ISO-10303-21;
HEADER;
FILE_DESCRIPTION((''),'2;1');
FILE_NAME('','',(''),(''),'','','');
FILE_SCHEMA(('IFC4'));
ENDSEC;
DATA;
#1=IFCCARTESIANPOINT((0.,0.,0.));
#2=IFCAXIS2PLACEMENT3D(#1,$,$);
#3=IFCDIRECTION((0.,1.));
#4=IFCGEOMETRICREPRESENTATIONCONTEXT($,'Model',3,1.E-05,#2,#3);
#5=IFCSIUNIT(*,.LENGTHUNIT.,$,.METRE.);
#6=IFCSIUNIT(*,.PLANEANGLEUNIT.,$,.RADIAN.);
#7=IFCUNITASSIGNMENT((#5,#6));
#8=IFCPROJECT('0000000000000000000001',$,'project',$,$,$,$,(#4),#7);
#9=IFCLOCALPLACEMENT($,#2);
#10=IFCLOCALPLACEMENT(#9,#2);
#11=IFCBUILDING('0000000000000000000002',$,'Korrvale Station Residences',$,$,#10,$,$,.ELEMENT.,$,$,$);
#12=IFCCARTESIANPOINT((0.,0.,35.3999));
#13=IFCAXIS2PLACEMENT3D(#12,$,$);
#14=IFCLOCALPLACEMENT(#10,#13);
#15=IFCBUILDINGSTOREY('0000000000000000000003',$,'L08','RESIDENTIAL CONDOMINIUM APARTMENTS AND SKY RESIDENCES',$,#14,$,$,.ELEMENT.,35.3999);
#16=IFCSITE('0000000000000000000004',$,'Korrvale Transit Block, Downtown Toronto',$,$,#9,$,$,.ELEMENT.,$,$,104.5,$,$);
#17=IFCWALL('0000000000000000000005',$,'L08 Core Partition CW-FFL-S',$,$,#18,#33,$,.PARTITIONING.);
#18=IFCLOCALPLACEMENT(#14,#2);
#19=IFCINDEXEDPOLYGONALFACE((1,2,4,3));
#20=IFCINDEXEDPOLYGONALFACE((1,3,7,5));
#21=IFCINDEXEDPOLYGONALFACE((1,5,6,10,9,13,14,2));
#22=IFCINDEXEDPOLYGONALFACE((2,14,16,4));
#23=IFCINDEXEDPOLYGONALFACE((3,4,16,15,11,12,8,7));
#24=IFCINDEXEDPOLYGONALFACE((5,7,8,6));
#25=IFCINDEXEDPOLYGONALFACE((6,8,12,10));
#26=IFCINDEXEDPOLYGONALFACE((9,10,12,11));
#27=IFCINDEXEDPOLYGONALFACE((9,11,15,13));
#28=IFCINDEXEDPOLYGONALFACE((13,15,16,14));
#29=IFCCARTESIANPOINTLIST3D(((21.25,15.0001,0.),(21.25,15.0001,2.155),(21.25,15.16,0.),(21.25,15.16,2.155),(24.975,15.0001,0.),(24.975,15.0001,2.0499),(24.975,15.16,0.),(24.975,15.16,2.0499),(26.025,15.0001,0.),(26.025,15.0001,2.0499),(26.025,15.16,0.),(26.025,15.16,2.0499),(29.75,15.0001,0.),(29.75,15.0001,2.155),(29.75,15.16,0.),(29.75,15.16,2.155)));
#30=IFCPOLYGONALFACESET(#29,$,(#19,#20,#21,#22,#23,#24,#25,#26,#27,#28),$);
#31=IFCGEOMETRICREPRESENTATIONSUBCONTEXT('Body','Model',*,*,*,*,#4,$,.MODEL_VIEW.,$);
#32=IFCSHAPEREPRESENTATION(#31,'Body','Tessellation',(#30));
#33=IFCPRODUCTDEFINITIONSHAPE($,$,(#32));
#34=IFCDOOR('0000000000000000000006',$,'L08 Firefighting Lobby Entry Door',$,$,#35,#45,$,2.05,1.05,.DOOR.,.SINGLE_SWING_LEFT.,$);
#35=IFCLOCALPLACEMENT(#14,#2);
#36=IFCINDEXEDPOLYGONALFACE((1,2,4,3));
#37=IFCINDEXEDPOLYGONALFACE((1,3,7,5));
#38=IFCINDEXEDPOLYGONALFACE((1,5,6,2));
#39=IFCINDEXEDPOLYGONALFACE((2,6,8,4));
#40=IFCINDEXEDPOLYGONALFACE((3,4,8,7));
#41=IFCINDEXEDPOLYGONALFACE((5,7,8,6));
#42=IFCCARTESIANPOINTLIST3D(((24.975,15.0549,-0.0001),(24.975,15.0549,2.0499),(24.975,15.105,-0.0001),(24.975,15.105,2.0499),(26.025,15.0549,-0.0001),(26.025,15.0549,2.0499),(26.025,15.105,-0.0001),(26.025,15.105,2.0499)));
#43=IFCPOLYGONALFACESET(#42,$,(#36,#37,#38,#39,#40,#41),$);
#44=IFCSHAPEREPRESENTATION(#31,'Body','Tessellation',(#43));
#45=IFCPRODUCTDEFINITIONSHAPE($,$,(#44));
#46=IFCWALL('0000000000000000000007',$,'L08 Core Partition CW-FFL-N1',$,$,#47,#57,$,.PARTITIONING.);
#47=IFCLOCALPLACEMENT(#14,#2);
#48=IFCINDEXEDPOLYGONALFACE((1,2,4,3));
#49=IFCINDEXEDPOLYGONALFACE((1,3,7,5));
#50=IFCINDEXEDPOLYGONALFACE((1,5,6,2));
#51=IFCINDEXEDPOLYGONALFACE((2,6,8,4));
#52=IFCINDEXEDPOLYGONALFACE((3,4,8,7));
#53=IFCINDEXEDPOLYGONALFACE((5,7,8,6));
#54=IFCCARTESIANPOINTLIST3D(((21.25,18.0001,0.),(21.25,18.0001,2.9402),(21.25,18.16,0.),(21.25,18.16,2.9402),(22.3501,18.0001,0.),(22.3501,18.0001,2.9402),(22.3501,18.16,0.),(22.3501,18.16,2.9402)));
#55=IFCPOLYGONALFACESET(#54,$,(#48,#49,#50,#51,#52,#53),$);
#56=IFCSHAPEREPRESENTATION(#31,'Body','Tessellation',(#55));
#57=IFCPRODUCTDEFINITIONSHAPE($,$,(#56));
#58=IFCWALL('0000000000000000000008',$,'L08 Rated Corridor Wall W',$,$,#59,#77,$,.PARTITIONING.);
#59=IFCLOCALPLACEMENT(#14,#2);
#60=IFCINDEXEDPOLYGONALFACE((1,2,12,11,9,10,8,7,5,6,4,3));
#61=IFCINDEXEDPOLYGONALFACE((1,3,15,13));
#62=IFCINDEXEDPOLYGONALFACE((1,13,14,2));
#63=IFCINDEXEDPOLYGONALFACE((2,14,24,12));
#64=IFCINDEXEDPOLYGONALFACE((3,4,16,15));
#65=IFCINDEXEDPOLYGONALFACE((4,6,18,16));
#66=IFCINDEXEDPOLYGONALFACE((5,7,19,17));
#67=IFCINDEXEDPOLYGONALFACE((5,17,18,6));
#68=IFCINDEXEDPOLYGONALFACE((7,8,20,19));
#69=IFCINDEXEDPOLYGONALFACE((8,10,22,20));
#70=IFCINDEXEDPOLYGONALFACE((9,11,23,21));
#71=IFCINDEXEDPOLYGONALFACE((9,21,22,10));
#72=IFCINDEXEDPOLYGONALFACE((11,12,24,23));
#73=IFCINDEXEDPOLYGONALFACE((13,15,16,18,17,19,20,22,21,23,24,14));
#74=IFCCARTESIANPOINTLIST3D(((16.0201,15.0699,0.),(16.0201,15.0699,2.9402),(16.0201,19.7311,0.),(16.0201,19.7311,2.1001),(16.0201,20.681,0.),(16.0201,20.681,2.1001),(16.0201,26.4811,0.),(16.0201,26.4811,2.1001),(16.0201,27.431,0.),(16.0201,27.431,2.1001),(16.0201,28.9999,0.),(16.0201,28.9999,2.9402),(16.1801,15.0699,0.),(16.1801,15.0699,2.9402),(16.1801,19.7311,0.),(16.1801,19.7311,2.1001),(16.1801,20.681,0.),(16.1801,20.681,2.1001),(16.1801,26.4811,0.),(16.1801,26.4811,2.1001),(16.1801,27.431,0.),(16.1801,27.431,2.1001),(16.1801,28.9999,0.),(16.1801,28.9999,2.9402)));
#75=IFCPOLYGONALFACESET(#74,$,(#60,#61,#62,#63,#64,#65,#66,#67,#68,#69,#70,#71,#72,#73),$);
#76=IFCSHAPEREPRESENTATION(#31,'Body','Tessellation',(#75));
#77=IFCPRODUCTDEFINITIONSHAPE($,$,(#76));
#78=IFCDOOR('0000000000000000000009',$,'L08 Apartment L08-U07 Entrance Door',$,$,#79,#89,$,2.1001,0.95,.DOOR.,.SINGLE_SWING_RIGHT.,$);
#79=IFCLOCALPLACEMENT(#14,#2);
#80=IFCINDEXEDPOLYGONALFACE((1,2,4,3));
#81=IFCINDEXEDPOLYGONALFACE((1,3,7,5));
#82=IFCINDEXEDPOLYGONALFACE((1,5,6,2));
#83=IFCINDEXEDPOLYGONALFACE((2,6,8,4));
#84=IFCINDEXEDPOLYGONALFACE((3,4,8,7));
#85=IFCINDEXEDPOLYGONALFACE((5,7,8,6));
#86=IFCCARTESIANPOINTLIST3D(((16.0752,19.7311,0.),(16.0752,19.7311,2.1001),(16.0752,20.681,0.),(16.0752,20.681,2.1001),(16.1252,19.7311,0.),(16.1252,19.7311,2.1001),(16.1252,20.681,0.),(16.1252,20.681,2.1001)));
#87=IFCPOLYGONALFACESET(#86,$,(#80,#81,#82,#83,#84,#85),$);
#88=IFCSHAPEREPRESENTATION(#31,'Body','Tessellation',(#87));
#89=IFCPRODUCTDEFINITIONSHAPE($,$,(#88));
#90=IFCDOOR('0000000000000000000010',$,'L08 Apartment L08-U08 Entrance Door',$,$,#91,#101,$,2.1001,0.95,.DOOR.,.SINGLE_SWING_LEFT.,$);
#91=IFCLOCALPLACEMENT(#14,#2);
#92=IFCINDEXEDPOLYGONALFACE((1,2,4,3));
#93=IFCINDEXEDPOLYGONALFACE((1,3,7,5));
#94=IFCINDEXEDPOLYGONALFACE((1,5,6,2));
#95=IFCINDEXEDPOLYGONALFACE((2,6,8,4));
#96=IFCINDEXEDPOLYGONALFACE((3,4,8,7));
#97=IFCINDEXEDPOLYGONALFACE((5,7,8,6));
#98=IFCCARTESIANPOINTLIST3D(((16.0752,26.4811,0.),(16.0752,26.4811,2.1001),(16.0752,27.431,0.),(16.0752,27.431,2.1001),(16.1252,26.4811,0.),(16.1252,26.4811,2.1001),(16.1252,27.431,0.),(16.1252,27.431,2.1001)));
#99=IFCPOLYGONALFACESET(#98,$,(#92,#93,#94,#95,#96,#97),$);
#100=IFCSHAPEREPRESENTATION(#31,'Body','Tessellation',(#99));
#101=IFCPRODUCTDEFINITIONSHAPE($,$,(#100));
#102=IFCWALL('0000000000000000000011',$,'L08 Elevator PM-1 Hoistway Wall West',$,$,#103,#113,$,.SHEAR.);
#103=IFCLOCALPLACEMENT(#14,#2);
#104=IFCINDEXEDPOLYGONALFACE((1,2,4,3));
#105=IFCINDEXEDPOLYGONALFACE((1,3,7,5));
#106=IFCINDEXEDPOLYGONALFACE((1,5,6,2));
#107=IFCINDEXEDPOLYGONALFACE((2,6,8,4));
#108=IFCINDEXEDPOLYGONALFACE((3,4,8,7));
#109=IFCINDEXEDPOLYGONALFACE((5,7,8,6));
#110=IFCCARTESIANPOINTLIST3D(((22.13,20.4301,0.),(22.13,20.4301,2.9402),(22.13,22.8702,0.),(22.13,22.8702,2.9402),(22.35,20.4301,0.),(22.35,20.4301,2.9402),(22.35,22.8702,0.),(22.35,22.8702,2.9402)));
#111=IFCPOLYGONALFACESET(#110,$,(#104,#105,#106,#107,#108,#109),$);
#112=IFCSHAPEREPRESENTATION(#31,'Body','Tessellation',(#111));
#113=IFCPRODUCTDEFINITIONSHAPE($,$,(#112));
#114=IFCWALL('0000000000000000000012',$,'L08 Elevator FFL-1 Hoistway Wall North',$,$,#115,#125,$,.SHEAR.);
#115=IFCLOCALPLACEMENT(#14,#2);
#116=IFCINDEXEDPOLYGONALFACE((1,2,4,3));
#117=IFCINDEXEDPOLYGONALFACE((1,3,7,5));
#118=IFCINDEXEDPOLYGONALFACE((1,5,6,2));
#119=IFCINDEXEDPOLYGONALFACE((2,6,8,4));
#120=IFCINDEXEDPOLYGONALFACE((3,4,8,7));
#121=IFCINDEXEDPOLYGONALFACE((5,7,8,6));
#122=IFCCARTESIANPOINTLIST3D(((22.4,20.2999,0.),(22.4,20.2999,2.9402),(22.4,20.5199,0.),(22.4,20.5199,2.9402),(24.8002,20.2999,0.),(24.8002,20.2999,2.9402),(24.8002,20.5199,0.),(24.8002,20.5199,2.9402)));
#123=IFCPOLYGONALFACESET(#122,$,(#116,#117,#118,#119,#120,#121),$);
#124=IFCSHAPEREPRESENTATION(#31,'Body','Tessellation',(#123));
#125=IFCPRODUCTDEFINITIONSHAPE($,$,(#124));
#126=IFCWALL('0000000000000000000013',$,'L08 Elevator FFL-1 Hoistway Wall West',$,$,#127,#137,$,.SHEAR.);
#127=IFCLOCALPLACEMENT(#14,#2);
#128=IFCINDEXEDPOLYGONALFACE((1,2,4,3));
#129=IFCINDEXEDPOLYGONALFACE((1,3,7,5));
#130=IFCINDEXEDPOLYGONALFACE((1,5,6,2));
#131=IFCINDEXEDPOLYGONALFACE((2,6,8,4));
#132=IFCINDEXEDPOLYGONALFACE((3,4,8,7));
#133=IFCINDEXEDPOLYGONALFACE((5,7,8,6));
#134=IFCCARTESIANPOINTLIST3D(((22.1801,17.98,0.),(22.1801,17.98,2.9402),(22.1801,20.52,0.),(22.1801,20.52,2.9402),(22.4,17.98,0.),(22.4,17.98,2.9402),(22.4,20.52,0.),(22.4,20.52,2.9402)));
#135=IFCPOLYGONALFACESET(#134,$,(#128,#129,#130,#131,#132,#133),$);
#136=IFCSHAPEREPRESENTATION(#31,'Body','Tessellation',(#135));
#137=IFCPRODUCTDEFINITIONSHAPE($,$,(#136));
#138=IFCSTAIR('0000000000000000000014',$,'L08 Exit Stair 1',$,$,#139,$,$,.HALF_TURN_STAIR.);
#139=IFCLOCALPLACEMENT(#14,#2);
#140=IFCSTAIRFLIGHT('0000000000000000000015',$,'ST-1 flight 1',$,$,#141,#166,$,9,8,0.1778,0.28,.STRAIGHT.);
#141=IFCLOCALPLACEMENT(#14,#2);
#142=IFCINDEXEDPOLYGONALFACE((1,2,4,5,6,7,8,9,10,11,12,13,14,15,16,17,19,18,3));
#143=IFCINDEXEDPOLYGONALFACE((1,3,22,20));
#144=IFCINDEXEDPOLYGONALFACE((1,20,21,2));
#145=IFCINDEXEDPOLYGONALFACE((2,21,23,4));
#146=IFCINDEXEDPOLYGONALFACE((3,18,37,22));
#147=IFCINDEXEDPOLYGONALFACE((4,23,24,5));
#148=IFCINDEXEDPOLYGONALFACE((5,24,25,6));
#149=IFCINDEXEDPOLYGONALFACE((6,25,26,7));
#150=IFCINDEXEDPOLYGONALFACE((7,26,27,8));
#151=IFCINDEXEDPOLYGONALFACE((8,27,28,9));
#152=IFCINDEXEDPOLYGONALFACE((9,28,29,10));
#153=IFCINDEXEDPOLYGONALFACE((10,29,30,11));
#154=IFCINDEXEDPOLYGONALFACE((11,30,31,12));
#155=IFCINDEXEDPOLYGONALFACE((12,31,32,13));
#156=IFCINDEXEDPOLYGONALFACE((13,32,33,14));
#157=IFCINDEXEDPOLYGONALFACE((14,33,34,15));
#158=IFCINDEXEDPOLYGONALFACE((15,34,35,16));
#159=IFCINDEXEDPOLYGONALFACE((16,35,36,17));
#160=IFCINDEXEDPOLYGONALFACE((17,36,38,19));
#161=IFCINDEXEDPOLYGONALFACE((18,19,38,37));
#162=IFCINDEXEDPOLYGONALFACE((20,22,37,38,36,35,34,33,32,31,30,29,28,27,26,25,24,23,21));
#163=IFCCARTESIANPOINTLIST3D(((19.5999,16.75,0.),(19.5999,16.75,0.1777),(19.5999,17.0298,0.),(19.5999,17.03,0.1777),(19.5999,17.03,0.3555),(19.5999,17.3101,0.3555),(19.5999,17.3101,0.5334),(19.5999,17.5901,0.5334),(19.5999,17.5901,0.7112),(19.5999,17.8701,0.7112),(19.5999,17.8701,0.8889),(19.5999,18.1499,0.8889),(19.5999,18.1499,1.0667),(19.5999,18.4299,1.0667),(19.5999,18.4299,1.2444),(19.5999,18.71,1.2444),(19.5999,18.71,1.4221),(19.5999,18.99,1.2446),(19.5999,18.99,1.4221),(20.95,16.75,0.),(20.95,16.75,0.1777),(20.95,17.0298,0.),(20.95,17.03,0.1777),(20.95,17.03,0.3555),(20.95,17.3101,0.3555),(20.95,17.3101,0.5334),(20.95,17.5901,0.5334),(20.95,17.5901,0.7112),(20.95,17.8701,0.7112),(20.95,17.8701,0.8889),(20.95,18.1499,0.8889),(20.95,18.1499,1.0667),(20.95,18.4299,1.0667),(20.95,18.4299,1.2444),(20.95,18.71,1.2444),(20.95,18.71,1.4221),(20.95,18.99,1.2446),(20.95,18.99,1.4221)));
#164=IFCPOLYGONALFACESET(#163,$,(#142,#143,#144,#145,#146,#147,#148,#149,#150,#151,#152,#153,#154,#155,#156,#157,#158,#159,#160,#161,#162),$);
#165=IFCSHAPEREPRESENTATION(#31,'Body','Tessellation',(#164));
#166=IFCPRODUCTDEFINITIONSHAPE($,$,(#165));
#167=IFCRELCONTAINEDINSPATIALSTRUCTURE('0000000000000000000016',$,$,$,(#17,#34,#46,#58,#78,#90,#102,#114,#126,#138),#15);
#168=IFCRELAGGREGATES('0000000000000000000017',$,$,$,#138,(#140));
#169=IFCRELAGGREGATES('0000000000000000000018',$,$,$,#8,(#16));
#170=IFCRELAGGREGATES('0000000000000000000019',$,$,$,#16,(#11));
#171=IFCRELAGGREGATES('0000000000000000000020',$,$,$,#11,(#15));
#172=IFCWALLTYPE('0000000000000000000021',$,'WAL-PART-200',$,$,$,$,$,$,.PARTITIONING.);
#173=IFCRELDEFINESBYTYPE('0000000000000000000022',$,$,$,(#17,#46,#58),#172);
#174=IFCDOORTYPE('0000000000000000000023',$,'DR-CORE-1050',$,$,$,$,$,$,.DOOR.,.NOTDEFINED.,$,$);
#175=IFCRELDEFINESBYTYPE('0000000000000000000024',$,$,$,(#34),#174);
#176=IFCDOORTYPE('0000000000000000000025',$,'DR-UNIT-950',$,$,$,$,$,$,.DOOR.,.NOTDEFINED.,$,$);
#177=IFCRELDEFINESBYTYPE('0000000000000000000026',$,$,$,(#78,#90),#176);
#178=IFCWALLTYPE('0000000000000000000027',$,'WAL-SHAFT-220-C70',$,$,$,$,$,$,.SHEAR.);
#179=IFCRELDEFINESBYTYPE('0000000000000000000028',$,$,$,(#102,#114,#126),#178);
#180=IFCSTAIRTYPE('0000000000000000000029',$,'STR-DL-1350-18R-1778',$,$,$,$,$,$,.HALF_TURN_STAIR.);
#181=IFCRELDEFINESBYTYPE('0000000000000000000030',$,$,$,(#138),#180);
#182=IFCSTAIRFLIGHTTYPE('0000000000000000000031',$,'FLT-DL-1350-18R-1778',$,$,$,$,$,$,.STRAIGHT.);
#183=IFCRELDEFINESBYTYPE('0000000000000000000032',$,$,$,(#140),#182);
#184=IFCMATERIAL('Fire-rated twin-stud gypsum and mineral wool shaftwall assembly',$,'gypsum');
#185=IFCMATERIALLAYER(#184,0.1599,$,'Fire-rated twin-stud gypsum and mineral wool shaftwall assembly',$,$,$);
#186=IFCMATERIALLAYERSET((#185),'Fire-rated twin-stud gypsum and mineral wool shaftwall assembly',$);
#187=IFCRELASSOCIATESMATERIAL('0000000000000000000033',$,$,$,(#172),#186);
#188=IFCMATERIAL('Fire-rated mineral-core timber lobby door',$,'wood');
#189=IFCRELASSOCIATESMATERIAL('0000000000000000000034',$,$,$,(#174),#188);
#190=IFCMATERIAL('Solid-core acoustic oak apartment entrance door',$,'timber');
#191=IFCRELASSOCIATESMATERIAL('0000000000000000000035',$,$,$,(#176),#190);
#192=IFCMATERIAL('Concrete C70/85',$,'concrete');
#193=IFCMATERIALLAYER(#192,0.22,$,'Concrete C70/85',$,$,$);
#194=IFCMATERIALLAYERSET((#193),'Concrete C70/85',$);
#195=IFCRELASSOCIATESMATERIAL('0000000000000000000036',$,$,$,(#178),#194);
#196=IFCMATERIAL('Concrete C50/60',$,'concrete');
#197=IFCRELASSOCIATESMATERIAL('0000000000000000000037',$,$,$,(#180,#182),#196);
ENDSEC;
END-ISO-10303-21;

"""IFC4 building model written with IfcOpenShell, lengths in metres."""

from ifc_helpers import new_model, si_unit, direction, frame, frame_2d, origin, place, context, subcontext, project, spatial, polyline, rectangle, outline, extrude, material, layer, layer_set, type_object, element, fill, aggregate, save


model = new_model("IFC4")

# Units and contexts
model_context = context("Model", 3, precision=1e-05, world=origin(), true_north=direction((0.0, 1.0)))
body_context = subcontext(model_context, "Body", "Model", "MODEL_VIEW")
ifc_project = project(units=[si_unit("LENGTHUNIT", "METRE"), si_unit("PLANEANGLEUNIT", "RADIAN")], contexts=[model_context])

# Site, building, storey
site_placement = place(None, origin())
site = spatial("IfcSite", under=ifc_project, at=site_placement, Name="Korrvale Transit Block, Downtown Toronto", CompositionType="ELEMENT", RefElevation=104.5)
building_placement = place(site_placement, origin())
building = spatial("IfcBuilding", under=site, at=building_placement, Name="Korrvale Station Residences", CompositionType="ELEMENT")
storey_placement = place(building_placement, frame((0.0, 0.0, 35.3999)))
storey = spatial("IfcBuildingStorey", under=building, at=storey_placement, Name="L08", Description="RESIDENTIAL CONDOMINIUM APARTMENTS AND SKY RESIDENCES", CompositionType="ELEMENT", Elevation=35.3999)

# Shared definitions
ifc_material_1 = material(Name="Concrete C70/85", Category="concrete")

# Wall, opening, door
ifc_material_2 = material(Name="Fire-rated twin-stud gypsum and mineral wool shaftwall assembly", Category="gypsum")
ifc_layer_1 = layer(ifc_material_2, 0.1599, Name="Fire-rated twin-stud gypsum and mineral wool shaftwall assembly")
ifc_layer_set_1 = layer_set([ifc_layer_1], Name="Fire-rated twin-stud gypsum and mineral wool shaftwall assembly")
wall_type_1 = type_object("IfcWallType", Name="WAL-PART-200", PredefinedType="PARTITIONING", material=ifc_layer_set_1)
wall_1_placement = place(storey_placement, frame((21.25, 15.0801, 0.0), z_axis=(0.0, 0.0, 1.0), x_axis=(1.0, 0.0, 0.0)))
wall_1 = element("IfcWall", 1, at=wall_1_placement, inside=storey, type_object=wall_type_1, Name="L08 Core Partition CW-FFL-S", PredefinedType="PARTITIONING", context=body_context, shape_type="SweptSolid", body=[
    extrude(rectangle(XDim=8.5, YDim=0.1599, at=frame_2d((4.25, 0.0))), origin(), (0.0, 0.0, 1.0), 2.155),
])
opening_1_placement = place(wall_1_placement, frame((3.7251, 0.0, 0.0)))
opening_1 = element("IfcOpeningElement", 2, at=opening_1_placement, cuts=wall_1, PredefinedType="OPENING", context=body_context, shape_type="SweptSolid", body=[
    extrude(rectangle(XDim=1.05, YDim=2.05, at=frame_2d((0.5249, 1.0249))), frame((0.0, 0.0898, 0.0), z_axis=(0.0, -1.0, 0.0), x_axis=(1.0, 0.0, 0.0)), (0.0, 0.0, 1.0), 0.1799),
])
ifc_material_3 = material(Name="Fire-rated mineral-core timber lobby door", Category="wood")
door_type_1 = type_object("IfcDoorType", Name="DR-CORE-1050", OperationType="NOTDEFINED", PredefinedType="DOOR", material=ifc_material_3)
door_1_placement = place(opening_1_placement, origin())
door_1 = element("IfcDoor", 3, at=door_1_placement, inside=storey, type_object=door_type_1, Name="L08 Firefighting Lobby Entry Door", OperationType="SINGLE_SWING_LEFT", OverallHeight=2.05, OverallWidth=1.05, PredefinedType="DOOR", context=body_context, shape_type="SweptSolid", body=[
    extrude(rectangle(XDim=1.05, YDim=2.05, at=frame_2d((0.5249, 1.0249))), frame((0.0, 0.0249, 0.0), z_axis=(0.0, -1.0, 0.0), x_axis=(1.0, 0.0, 0.0)), (0.0, 0.0, 1.0), 0.05),
])
fill(opening_1, door_1)

# Wall
wall_2_placement = place(storey_placement, frame((21.25, 18.0801, 0.0), z_axis=(0.0, 0.0, 1.0), x_axis=(1.0, 0.0, 0.0)))
element("IfcWall", 4, at=wall_2_placement, inside=storey, type_object=wall_type_1, Name="L08 Core Partition CW-FFL-N1", PredefinedType="PARTITIONING", context=body_context, shape_type="SweptSolid", body=[
    extrude(rectangle(XDim=1.1001, YDim=0.1599, at=frame_2d((0.55, 0.0))), origin(), (0.0, 0.0, 1.0), 2.9402),
])

# Wall, openings, doors
wall_3_placement = place(storey_placement, frame((16.1001, 15.0701, 0.0), z_axis=(0.0, 0.0, 1.0), x_axis=(0.0, 1.0, 0.0)))
wall_3 = element("IfcWall", 5, at=wall_3_placement, inside=storey, type_object=wall_type_1, Name="L08 Rated Corridor Wall W", PredefinedType="PARTITIONING", context=body_context, shape_type="SweptSolid", body=[
    extrude(rectangle(XDim=13.9299, YDim=0.1599, at=frame_2d((6.9648, 0.0))), origin(), (0.0, 0.0, 1.0), 2.9402),
])
opening_2_placement = place(wall_3_placement, frame((4.6609, 0.0, 0.0)))
opening_2 = element("IfcOpeningElement", 6, at=opening_2_placement, cuts=wall_3, PredefinedType="OPENING", context=body_context, shape_type="SweptSolid", body=[
    extrude(rectangle(XDim=0.95, YDim=2.1001, at=frame_2d((0.4751, 1.05))), frame((0.0, 0.0898, 0.0), z_axis=(0.0, -1.0, 0.0), x_axis=(1.0, 0.0, 0.0)), (0.0, 0.0, 1.0), 0.1799),
])
opening_3_placement = place(wall_3_placement, frame((11.4109, 0.0, 0.0)))
opening_3 = element("IfcOpeningElement", 7, at=opening_3_placement, cuts=wall_3, PredefinedType="OPENING", context=body_context, shape_type="SweptSolid", body=[
    extrude(rectangle(XDim=0.95, YDim=2.1001, at=frame_2d((0.4751, 1.05))), frame((0.0, 0.0898, 0.0), z_axis=(0.0, -1.0, 0.0), x_axis=(1.0, 0.0, 0.0)), (0.0, 0.0, 1.0), 0.1799),
])
ifc_material_4 = material(Name="Solid-core acoustic oak apartment entrance door", Category="timber")
door_type_2 = type_object("IfcDoorType", Name="DR-UNIT-950", OperationType="NOTDEFINED", PredefinedType="DOOR", material=ifc_material_4)
door_2_placement = place(opening_2_placement, origin())
door_2 = element("IfcDoor", 8, at=door_2_placement, inside=storey, type_object=door_type_2, Name="L08 Apartment L08-U07 Entrance Door", OperationType="SINGLE_SWING_RIGHT", OverallHeight=2.1001, OverallWidth=0.95, PredefinedType="DOOR", context=body_context, shape_type="SweptSolid", body=[
    extrude(rectangle(XDim=0.95, YDim=2.1001, at=frame_2d((0.4751, 1.05))), frame((0.0, 0.0249, 0.0), z_axis=(0.0, -1.0, 0.0), x_axis=(1.0, 0.0, 0.0)), (0.0, 0.0, 1.0), 0.05),
])
fill(opening_2, door_2)
door_3_placement = place(opening_3_placement, origin())
door_3 = element("IfcDoor", 9, at=door_3_placement, inside=storey, type_object=door_type_2, Name="L08 Apartment L08-U08 Entrance Door", OperationType="SINGLE_SWING_LEFT", OverallHeight=2.1001, OverallWidth=0.95, PredefinedType="DOOR", context=body_context, shape_type="SweptSolid", body=[
    extrude(rectangle(XDim=0.95, YDim=2.1001, at=frame_2d((0.4751, 1.05))), frame((0.0, 0.0249, 0.0), z_axis=(0.0, -1.0, 0.0), x_axis=(1.0, 0.0, 0.0)), (0.0, 0.0, 1.0), 0.05),
])
fill(opening_3, door_3)

# Wall
ifc_layer_2 = layer(ifc_material_1, 0.22, Name="Concrete C70/85")
ifc_layer_set_2 = layer_set([ifc_layer_2], Name="Concrete C70/85")
wall_type_2 = type_object("IfcWallType", Name="WAL-SHAFT-220-C70", PredefinedType="SHEAR", material=ifc_layer_set_2)
wall_4_placement = place(storey_placement, frame((22.24, 20.4299, 0.0), z_axis=(0.0, 0.0, 1.0), x_axis=(0.0, 1.0, 0.0)))
element("IfcWall", 10, at=wall_4_placement, inside=storey, type_object=wall_type_2, Name="L08 Elevator PM-1 Hoistway Wall West", PredefinedType="SHEAR", context=body_context, shape_type="SweptSolid", body=[
    extrude(rectangle(XDim=2.4402, YDim=0.22, at=frame_2d((1.2202, 0.0))), origin(), (0.0, 0.0, 1.0), 2.9402),
])

# Walls
wall_5_placement = place(storey_placement, frame((22.3999, 20.4099, 0.0), z_axis=(0.0, 0.0, 1.0), x_axis=(1.0, 0.0, 0.0)))
element("IfcWall", 11, at=wall_5_placement, inside=storey, type_object=wall_type_2, Name="L08 Elevator FFL-1 Hoistway Wall North", PredefinedType="SHEAR", context=body_context, shape_type="SweptSolid", body=[
    extrude(rectangle(XDim=2.4001, YDim=0.22, at=frame_2d((1.2002, 0.0))), origin(), (0.0, 0.0, 1.0), 2.9402),
])
wall_6_placement = place(storey_placement, frame((22.29, 17.98, 0.0), z_axis=(0.0, 0.0, 1.0), x_axis=(0.0, 1.0, 0.0)))
element("IfcWall", 12, at=wall_6_placement, inside=storey, type_object=wall_type_2, Name="L08 Elevator FFL-1 Hoistway Wall West", PredefinedType="SHEAR", context=body_context, shape_type="SweptSolid", body=[
    extrude(rectangle(XDim=2.54, YDim=0.22, at=frame_2d((1.27, 0.0))), origin(), (0.0, 0.0, 1.0), 2.9402),
])

# Stair, stair flight
ifc_material_5 = material(Name="Concrete C50/60", Category="concrete")
stair_type = type_object("IfcStairType", Name="STR-DL-1350-18R-1778", PredefinedType="HALF_TURN_STAIR", material=ifc_material_5)
stair_placement = place(storey_placement, origin())
stair = element("IfcStair", 13, at=stair_placement, inside=storey, type_object=stair_type, Name="L08 Exit Stair 1", PredefinedType="HALF_TURN_STAIR")
stair_flight_type = type_object("IfcStairFlightType", Name="FLT-DL-1350-18R-1778", PredefinedType="STRAIGHT", material=ifc_material_5)
stair_flight_1_placement = place(storey_placement, frame((20.2749, 16.75, 0.0), z_axis=(0.0, 0.0, 1.0), x_axis=(0.0, 1.0, 0.0)))
stair_flight_1 = element("IfcStairFlight", 14, at=stair_flight_1_placement, type_object=stair_flight_type, Name="ST-1 flight 1", NumberOfRisers=9, NumberOfTreads=8, PredefinedType="STRAIGHT", RiserHeight=0.1778, TreadLength=0.28, context=body_context, shape_type="SweptSolid", body=[
    extrude(outline(polyline([(0.0, 0.0), (0.0, 0.1777), (0.28, 0.1777), (0.28, 0.3555), (0.5601, 0.3555), (0.5601, 0.5334), (0.8401, 0.5334), (0.8401, 0.7112), (1.1201, 0.7112), (1.1201, 0.8889), (1.3999, 0.8889), (1.3999, 1.0667), (1.6799, 1.0667), (1.6799, 1.2444), (1.96, 1.2444), (1.96, 1.4221), (2.24, 1.4221), (2.24, 1.6001), (2.24, 1.2446), (0.2798, 0.0), (0.0, 0.0)])), frame((0.0, 0.675, 0.0), z_axis=(0.0, -1.0, 0.0), x_axis=(1.0, 0.0, 0.0)), (0.0, 0.0, 1.0), 1.3501),
])
aggregate(stair, [stair_flight_1])

save(model, "model.ifc")
